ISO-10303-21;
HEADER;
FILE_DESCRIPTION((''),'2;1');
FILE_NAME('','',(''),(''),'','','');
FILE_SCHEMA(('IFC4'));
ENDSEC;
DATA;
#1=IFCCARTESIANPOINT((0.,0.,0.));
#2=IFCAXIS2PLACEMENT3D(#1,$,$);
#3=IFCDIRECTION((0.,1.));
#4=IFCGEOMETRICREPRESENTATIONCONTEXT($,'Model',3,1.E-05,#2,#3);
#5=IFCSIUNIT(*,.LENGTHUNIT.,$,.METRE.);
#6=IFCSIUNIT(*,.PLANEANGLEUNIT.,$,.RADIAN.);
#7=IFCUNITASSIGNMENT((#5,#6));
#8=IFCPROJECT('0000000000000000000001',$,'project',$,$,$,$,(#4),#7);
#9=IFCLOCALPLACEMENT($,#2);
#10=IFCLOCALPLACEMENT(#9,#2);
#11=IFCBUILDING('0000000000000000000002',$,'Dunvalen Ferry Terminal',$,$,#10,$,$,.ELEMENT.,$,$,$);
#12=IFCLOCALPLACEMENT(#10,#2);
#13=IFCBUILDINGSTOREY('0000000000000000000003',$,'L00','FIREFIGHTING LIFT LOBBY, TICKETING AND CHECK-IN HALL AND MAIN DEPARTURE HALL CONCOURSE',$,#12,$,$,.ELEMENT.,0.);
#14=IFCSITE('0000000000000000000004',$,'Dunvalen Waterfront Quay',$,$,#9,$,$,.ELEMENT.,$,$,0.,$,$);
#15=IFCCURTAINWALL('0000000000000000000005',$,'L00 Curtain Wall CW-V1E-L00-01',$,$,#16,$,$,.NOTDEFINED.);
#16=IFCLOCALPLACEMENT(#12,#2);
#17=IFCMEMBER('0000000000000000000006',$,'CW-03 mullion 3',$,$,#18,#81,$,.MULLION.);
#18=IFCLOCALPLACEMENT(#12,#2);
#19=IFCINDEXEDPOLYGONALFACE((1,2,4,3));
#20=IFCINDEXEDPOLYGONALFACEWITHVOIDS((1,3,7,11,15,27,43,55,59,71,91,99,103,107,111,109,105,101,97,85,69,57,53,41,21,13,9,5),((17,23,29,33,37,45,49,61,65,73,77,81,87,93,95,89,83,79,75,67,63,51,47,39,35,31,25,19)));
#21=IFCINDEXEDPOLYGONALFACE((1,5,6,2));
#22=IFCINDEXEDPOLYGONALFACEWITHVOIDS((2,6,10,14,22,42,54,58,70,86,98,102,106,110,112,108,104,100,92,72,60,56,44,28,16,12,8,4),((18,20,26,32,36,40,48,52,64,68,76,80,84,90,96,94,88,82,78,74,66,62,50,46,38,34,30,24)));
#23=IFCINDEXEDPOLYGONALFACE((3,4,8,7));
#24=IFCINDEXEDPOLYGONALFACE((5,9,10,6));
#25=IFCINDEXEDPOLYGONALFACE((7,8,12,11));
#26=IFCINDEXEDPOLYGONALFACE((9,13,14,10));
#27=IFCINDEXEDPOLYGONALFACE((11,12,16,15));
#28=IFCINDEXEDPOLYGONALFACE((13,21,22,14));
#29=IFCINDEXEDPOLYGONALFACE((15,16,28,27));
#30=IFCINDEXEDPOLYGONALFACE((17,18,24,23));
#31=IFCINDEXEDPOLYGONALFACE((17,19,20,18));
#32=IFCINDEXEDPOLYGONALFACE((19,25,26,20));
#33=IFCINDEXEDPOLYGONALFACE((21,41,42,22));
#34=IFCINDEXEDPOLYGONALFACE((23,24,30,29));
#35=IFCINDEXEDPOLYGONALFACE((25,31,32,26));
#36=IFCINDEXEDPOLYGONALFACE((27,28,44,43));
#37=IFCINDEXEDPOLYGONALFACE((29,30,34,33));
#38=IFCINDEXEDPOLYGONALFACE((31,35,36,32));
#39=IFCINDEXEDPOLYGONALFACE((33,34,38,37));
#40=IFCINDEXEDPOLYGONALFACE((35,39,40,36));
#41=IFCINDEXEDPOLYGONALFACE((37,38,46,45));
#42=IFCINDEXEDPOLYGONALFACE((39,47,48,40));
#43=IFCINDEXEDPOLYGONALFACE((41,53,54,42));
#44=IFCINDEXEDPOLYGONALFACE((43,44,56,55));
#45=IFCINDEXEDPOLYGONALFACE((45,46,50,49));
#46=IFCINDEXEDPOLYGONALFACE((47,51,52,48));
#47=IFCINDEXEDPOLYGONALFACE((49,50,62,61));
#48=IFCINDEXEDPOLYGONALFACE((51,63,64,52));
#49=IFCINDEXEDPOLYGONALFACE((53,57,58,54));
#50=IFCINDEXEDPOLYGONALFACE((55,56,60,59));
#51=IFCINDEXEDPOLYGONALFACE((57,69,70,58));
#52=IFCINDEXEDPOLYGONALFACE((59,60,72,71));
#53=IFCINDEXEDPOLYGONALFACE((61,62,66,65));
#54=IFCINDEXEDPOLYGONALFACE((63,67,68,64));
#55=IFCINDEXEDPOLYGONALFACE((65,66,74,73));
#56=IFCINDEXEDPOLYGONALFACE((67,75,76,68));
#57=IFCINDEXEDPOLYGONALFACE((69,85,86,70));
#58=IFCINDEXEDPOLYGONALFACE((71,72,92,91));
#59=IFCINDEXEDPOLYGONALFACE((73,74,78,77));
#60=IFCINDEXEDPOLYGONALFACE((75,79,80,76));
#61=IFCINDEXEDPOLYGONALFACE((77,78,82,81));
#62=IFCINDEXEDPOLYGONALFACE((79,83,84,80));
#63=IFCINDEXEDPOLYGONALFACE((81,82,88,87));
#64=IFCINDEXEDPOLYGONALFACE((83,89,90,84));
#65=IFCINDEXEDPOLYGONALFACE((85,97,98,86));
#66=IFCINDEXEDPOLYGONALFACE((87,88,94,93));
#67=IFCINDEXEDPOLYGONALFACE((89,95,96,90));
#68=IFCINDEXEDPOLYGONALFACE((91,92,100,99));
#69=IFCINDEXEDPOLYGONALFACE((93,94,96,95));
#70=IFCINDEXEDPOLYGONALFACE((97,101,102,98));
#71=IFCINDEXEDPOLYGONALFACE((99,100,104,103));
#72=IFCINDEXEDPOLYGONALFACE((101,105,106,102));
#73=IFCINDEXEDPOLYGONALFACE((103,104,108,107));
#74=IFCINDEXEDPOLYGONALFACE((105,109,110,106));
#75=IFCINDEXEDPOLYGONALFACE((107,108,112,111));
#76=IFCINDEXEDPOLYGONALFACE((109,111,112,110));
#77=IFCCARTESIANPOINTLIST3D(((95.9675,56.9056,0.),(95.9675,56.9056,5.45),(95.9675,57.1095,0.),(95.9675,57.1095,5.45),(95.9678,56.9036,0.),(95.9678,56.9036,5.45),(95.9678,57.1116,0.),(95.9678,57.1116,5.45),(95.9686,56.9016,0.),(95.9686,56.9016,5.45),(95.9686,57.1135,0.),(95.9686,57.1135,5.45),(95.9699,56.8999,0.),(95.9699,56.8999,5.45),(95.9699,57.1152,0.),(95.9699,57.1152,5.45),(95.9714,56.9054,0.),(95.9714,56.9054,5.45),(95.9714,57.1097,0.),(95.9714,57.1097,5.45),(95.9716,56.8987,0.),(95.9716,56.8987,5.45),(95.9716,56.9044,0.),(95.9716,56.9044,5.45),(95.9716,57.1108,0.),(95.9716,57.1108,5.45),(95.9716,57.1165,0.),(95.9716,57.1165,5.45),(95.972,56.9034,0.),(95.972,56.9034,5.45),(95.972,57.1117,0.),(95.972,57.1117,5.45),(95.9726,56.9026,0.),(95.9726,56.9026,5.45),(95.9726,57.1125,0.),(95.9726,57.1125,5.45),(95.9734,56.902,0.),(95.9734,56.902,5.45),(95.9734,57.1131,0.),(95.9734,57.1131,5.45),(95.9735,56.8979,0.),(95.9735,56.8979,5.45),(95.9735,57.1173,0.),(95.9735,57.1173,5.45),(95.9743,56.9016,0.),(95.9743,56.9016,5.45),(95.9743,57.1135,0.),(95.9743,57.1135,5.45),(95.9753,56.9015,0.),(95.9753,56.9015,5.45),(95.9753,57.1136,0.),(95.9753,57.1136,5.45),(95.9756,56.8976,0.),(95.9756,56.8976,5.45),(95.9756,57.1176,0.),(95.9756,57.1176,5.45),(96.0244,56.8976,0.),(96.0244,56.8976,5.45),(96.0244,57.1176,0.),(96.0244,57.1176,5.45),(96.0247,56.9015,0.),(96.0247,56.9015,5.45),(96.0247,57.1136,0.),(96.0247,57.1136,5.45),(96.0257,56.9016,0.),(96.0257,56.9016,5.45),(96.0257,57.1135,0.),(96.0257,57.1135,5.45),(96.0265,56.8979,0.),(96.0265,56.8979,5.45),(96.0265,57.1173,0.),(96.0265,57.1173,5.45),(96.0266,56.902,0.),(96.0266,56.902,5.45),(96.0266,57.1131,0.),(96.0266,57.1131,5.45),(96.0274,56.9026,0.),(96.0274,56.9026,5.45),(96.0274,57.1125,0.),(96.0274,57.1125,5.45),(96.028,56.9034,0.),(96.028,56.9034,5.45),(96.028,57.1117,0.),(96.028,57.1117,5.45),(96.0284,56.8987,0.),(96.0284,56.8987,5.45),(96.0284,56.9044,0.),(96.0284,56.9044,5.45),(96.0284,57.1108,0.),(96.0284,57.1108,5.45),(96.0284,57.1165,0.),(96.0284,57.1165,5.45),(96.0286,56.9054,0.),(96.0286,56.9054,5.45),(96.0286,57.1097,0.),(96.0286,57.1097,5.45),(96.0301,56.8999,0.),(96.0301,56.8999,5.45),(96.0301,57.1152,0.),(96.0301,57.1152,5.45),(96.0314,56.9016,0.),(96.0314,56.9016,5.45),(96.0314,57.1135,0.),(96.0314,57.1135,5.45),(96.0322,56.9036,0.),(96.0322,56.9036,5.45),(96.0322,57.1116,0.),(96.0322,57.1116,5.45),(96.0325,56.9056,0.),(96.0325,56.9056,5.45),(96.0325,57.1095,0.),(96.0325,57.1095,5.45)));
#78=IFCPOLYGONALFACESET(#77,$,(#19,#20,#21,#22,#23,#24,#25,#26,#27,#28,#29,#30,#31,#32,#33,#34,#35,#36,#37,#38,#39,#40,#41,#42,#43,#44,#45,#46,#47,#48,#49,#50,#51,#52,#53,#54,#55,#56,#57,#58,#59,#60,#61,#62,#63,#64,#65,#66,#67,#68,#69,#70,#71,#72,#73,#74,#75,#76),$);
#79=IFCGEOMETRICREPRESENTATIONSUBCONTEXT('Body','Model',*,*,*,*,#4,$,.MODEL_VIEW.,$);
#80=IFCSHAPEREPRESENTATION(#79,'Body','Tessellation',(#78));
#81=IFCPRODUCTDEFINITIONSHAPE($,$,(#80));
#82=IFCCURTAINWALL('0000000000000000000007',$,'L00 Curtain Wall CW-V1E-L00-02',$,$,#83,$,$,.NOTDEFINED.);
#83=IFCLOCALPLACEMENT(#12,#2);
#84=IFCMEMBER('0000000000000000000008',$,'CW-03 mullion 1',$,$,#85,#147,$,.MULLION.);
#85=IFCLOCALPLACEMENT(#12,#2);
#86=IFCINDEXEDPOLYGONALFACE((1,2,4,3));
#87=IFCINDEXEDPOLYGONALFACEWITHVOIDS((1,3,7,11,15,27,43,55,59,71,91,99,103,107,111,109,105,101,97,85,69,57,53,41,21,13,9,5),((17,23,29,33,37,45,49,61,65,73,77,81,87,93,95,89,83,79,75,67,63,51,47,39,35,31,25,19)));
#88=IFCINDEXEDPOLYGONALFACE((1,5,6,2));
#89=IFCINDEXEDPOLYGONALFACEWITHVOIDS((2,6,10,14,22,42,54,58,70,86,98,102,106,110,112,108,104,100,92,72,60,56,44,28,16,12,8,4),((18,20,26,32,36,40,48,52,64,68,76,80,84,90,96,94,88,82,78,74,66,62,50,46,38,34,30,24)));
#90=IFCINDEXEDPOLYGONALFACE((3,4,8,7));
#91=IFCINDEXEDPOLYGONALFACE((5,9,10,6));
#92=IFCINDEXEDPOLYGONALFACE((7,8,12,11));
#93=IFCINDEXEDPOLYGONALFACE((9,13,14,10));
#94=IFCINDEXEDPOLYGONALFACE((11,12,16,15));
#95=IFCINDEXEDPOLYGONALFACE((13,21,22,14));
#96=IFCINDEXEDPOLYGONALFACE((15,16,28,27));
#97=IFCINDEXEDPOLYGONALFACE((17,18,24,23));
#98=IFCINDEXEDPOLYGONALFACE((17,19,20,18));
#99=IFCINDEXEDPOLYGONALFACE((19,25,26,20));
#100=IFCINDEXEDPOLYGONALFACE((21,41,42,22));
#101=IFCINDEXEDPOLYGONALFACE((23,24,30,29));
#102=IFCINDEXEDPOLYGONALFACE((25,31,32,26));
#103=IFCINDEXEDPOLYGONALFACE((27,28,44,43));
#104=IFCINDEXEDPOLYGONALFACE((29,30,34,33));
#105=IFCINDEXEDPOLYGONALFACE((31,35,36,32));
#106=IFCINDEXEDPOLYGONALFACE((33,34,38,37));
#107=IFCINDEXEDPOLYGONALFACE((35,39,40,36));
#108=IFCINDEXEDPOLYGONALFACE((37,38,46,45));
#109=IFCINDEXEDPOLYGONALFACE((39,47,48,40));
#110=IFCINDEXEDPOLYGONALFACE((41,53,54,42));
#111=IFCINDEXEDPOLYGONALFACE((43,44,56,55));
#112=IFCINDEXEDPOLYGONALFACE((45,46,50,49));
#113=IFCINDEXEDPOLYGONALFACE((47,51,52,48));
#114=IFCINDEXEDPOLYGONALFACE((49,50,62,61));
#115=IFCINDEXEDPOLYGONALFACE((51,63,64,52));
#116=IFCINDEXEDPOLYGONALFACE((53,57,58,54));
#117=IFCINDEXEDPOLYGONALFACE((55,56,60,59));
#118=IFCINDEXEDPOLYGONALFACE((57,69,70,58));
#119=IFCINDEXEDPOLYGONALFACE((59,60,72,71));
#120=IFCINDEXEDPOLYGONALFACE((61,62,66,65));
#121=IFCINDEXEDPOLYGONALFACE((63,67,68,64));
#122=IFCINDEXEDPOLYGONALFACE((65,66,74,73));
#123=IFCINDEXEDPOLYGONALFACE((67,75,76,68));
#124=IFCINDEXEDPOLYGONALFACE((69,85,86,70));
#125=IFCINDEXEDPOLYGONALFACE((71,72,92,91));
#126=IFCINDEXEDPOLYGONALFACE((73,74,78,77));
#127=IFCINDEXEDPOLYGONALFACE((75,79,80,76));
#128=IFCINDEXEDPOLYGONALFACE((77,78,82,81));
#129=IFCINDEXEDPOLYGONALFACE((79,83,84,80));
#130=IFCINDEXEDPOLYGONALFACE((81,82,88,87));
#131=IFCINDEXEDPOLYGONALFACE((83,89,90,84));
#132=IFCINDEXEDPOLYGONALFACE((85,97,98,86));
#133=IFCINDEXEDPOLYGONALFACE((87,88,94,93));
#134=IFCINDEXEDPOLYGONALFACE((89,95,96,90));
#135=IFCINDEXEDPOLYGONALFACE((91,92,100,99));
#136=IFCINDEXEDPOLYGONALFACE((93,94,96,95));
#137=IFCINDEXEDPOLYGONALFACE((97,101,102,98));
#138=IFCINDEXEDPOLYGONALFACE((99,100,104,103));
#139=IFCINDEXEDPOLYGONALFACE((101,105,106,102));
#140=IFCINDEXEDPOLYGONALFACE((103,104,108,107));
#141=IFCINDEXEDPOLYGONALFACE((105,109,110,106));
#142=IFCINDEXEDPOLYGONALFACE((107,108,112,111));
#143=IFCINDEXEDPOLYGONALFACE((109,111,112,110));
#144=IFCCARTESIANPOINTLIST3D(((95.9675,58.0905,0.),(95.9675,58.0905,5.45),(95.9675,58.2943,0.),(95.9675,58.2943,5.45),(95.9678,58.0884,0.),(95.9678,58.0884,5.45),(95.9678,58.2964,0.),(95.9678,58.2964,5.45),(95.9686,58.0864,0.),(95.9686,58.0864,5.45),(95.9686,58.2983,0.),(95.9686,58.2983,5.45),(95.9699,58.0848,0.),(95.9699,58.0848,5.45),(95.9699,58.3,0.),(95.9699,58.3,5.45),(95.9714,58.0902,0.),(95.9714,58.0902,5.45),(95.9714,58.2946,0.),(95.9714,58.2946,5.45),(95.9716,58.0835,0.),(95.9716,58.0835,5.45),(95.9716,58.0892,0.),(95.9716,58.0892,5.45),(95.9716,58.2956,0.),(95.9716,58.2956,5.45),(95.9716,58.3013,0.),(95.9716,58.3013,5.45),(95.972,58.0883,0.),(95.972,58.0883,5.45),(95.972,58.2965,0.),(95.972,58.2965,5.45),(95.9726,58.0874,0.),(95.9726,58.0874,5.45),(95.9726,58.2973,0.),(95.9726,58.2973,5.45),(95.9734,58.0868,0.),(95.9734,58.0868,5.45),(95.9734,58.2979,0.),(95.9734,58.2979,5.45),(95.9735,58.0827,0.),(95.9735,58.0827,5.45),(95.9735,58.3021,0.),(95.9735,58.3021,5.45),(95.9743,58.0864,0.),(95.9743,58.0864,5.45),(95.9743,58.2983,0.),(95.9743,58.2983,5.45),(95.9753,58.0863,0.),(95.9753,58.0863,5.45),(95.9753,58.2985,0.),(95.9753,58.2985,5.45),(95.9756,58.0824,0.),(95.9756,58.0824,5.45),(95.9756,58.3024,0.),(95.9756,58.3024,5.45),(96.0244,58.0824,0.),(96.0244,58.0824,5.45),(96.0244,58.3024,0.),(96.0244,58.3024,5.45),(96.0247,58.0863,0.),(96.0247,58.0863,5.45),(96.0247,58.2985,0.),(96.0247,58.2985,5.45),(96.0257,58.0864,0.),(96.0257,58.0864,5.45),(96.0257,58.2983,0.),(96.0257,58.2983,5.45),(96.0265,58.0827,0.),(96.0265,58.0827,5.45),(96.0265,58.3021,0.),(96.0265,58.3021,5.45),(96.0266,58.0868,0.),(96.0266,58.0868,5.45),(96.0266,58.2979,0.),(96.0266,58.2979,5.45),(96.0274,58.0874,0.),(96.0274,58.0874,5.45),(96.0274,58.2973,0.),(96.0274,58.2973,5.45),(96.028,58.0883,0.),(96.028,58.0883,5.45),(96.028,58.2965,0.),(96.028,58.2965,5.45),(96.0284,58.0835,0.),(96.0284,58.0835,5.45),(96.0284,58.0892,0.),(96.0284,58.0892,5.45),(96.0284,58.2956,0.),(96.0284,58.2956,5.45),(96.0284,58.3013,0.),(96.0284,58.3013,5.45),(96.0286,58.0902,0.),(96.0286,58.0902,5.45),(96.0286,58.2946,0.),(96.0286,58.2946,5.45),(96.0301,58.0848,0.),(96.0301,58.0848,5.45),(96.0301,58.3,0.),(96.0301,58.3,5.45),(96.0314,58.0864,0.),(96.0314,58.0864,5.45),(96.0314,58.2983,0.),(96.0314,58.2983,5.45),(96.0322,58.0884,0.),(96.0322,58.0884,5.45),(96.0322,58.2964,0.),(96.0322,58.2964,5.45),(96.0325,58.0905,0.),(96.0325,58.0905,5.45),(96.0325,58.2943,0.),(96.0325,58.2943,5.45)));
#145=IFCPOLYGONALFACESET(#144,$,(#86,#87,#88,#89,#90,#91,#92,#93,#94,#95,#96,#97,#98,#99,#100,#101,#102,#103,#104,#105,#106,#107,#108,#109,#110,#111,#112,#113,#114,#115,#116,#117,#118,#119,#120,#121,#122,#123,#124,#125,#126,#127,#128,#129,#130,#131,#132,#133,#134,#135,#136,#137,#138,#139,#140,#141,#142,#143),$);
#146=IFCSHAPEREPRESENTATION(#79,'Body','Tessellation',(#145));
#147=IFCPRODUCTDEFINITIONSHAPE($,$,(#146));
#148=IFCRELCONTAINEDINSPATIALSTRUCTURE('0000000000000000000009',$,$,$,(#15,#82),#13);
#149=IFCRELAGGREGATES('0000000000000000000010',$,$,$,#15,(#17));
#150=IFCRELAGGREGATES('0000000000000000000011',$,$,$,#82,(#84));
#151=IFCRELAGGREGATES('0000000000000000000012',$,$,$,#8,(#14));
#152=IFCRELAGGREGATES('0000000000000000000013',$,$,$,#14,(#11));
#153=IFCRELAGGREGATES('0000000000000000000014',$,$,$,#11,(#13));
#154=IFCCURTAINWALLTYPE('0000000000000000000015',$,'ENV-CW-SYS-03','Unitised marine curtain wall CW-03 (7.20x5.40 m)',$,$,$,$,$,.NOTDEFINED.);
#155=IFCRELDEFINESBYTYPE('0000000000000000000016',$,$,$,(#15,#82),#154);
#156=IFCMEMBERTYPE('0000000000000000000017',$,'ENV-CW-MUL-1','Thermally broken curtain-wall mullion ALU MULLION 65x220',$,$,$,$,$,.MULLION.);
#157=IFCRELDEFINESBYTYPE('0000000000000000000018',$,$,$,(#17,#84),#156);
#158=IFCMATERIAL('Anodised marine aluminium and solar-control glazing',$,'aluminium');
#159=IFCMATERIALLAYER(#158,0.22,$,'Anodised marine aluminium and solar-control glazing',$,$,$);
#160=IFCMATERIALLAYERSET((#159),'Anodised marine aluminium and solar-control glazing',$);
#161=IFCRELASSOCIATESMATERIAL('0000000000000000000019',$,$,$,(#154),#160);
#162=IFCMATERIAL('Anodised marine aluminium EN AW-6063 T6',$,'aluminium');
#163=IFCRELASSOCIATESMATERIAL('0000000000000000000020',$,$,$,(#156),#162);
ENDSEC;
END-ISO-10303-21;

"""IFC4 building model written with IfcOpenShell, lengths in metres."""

from ifc_helpers import new_model, si_unit, direction, frame, origin, origin_2d, place, context, subcontext, project, spatial, hollow_rectangle, extrude, material, layer, layer_set, material_profile, profile_set, type_object, element, aggregate, save


model = new_model("IFC4")

# Units and contexts
model_context = context("Model", 3, precision=1e-05, world=origin(), true_north=direction((0.0, 1.0)))
body_context = subcontext(model_context, "Body", "Model", "MODEL_VIEW")
ifc_project = project(units=[si_unit("LENGTHUNIT", "METRE"), si_unit("PLANEANGLEUNIT", "RADIAN")], contexts=[model_context])

# Site, building, storey
site_placement = place(None, origin())
site = spatial("IfcSite", under=ifc_project, at=site_placement, Name="Dunvalen Waterfront Quay", CompositionType="ELEMENT", RefElevation=0.0)
building_placement = place(site_placement, origin())
building = spatial("IfcBuilding", under=site, at=building_placement, Name="Dunvalen Ferry Terminal", CompositionType="ELEMENT")
storey_placement = place(building_placement, origin())
storey = spatial("IfcBuildingStorey", under=building, at=storey_placement, Name="L00", Description="FIREFIGHTING LIFT LOBBY, TICKETING AND CHECK-IN HALL AND MAIN DEPARTURE HALL CONCOURSE", CompositionType="ELEMENT", Elevation=0.0)

# Curtain wall, member
ifc_material_1 = material(Name="Anodised marine aluminium and solar-control glazing", Category="aluminium")
ifc_layer_1 = layer(ifc_material_1, 0.22, Name="Anodised marine aluminium and solar-control glazing")
ifc_layer_set_1 = layer_set([ifc_layer_1], Name="Anodised marine aluminium and solar-control glazing")
curtain_wall_type = type_object("IfcCurtainWallType", Name="ENV-CW-SYS-03", Description="Unitised marine curtain wall CW-03 (7.20x5.40 m)", PredefinedType="NOTDEFINED", material=ifc_layer_set_1)
curtain_wall_1_placement = place(storey_placement, origin())
curtain_wall_1 = element("IfcCurtainWall", 1, at=curtain_wall_1_placement, inside=storey, type_object=curtain_wall_type, Name="L00 Curtain Wall CW-V1E-L00-01", PredefinedType="NOTDEFINED")
ifc_material_2 = material(Name="Anodised marine aluminium EN AW-6063 T6", Category="aluminium")
ifc_material_profile_1 = material_profile(ifc_material_2, hollow_rectangle(XDim=0.0649, YDim=0.22, WallThickness=0.0039, InnerFilletRadius=0.0039, OuterFilletRadius=0.0081, at=origin_2d()), Name="Anodised marine aluminium EN AW-6063 T6")
ifc_profile_set_1 = profile_set([ifc_material_profile_1], Name="Anodised marine aluminium EN AW-6063 T6")
member_type_1 = type_object("IfcMemberType", Name="ENV-CW-MUL-1", Description="Thermally broken curtain-wall mullion ALU MULLION 65x220", PredefinedType="MULLION", material=ifc_profile_set_1)
member_1_placement = place(storey_placement, frame((96.0, 57.0076, 0.0), z_axis=(0.0, 0.0, 1.0), x_axis=(-1.0, 0.0, 0.0)))
member_1 = element("IfcMember", 2, at=member_1_placement, type_object=member_type_1, Name="CW-03 mullion 3", PredefinedType="MULLION", context=body_context, shape_type="SweptSolid", body=[
    extrude(hollow_rectangle(XDim=0.0649, YDim=0.22, WallThickness=0.0039, InnerFilletRadius=0.0039, OuterFilletRadius=0.0081, at=origin_2d()), origin(), (0.0, 0.0, 1.0), 5.45),
])
aggregate(curtain_wall_1, [member_1])

# Curtain wall, member
curtain_wall_2_placement = place(storey_placement, origin())
curtain_wall_2 = element("IfcCurtainWall", 3, at=curtain_wall_2_placement, inside=storey, type_object=curtain_wall_type, Name="L00 Curtain Wall CW-V1E-L00-02", PredefinedType="NOTDEFINED")
member_2_placement = place(storey_placement, frame((96.0, 58.1924, 0.0), z_axis=(0.0, 0.0, 1.0), x_axis=(-1.0, 0.0, 0.0)))
member_2 = element("IfcMember", 4, at=member_2_placement, type_object=member_type_1, Name="CW-03 mullion 1", PredefinedType="MULLION", context=body_context, shape_type="SweptSolid", body=[
    extrude(hollow_rectangle(XDim=0.0649, YDim=0.22, WallThickness=0.0039, InnerFilletRadius=0.0039, OuterFilletRadius=0.0081, at=origin_2d()), origin(), (0.0, 0.0, 1.0), 5.45),
])
aggregate(curtain_wall_2, [member_2])

save(model, "model.ifc")
